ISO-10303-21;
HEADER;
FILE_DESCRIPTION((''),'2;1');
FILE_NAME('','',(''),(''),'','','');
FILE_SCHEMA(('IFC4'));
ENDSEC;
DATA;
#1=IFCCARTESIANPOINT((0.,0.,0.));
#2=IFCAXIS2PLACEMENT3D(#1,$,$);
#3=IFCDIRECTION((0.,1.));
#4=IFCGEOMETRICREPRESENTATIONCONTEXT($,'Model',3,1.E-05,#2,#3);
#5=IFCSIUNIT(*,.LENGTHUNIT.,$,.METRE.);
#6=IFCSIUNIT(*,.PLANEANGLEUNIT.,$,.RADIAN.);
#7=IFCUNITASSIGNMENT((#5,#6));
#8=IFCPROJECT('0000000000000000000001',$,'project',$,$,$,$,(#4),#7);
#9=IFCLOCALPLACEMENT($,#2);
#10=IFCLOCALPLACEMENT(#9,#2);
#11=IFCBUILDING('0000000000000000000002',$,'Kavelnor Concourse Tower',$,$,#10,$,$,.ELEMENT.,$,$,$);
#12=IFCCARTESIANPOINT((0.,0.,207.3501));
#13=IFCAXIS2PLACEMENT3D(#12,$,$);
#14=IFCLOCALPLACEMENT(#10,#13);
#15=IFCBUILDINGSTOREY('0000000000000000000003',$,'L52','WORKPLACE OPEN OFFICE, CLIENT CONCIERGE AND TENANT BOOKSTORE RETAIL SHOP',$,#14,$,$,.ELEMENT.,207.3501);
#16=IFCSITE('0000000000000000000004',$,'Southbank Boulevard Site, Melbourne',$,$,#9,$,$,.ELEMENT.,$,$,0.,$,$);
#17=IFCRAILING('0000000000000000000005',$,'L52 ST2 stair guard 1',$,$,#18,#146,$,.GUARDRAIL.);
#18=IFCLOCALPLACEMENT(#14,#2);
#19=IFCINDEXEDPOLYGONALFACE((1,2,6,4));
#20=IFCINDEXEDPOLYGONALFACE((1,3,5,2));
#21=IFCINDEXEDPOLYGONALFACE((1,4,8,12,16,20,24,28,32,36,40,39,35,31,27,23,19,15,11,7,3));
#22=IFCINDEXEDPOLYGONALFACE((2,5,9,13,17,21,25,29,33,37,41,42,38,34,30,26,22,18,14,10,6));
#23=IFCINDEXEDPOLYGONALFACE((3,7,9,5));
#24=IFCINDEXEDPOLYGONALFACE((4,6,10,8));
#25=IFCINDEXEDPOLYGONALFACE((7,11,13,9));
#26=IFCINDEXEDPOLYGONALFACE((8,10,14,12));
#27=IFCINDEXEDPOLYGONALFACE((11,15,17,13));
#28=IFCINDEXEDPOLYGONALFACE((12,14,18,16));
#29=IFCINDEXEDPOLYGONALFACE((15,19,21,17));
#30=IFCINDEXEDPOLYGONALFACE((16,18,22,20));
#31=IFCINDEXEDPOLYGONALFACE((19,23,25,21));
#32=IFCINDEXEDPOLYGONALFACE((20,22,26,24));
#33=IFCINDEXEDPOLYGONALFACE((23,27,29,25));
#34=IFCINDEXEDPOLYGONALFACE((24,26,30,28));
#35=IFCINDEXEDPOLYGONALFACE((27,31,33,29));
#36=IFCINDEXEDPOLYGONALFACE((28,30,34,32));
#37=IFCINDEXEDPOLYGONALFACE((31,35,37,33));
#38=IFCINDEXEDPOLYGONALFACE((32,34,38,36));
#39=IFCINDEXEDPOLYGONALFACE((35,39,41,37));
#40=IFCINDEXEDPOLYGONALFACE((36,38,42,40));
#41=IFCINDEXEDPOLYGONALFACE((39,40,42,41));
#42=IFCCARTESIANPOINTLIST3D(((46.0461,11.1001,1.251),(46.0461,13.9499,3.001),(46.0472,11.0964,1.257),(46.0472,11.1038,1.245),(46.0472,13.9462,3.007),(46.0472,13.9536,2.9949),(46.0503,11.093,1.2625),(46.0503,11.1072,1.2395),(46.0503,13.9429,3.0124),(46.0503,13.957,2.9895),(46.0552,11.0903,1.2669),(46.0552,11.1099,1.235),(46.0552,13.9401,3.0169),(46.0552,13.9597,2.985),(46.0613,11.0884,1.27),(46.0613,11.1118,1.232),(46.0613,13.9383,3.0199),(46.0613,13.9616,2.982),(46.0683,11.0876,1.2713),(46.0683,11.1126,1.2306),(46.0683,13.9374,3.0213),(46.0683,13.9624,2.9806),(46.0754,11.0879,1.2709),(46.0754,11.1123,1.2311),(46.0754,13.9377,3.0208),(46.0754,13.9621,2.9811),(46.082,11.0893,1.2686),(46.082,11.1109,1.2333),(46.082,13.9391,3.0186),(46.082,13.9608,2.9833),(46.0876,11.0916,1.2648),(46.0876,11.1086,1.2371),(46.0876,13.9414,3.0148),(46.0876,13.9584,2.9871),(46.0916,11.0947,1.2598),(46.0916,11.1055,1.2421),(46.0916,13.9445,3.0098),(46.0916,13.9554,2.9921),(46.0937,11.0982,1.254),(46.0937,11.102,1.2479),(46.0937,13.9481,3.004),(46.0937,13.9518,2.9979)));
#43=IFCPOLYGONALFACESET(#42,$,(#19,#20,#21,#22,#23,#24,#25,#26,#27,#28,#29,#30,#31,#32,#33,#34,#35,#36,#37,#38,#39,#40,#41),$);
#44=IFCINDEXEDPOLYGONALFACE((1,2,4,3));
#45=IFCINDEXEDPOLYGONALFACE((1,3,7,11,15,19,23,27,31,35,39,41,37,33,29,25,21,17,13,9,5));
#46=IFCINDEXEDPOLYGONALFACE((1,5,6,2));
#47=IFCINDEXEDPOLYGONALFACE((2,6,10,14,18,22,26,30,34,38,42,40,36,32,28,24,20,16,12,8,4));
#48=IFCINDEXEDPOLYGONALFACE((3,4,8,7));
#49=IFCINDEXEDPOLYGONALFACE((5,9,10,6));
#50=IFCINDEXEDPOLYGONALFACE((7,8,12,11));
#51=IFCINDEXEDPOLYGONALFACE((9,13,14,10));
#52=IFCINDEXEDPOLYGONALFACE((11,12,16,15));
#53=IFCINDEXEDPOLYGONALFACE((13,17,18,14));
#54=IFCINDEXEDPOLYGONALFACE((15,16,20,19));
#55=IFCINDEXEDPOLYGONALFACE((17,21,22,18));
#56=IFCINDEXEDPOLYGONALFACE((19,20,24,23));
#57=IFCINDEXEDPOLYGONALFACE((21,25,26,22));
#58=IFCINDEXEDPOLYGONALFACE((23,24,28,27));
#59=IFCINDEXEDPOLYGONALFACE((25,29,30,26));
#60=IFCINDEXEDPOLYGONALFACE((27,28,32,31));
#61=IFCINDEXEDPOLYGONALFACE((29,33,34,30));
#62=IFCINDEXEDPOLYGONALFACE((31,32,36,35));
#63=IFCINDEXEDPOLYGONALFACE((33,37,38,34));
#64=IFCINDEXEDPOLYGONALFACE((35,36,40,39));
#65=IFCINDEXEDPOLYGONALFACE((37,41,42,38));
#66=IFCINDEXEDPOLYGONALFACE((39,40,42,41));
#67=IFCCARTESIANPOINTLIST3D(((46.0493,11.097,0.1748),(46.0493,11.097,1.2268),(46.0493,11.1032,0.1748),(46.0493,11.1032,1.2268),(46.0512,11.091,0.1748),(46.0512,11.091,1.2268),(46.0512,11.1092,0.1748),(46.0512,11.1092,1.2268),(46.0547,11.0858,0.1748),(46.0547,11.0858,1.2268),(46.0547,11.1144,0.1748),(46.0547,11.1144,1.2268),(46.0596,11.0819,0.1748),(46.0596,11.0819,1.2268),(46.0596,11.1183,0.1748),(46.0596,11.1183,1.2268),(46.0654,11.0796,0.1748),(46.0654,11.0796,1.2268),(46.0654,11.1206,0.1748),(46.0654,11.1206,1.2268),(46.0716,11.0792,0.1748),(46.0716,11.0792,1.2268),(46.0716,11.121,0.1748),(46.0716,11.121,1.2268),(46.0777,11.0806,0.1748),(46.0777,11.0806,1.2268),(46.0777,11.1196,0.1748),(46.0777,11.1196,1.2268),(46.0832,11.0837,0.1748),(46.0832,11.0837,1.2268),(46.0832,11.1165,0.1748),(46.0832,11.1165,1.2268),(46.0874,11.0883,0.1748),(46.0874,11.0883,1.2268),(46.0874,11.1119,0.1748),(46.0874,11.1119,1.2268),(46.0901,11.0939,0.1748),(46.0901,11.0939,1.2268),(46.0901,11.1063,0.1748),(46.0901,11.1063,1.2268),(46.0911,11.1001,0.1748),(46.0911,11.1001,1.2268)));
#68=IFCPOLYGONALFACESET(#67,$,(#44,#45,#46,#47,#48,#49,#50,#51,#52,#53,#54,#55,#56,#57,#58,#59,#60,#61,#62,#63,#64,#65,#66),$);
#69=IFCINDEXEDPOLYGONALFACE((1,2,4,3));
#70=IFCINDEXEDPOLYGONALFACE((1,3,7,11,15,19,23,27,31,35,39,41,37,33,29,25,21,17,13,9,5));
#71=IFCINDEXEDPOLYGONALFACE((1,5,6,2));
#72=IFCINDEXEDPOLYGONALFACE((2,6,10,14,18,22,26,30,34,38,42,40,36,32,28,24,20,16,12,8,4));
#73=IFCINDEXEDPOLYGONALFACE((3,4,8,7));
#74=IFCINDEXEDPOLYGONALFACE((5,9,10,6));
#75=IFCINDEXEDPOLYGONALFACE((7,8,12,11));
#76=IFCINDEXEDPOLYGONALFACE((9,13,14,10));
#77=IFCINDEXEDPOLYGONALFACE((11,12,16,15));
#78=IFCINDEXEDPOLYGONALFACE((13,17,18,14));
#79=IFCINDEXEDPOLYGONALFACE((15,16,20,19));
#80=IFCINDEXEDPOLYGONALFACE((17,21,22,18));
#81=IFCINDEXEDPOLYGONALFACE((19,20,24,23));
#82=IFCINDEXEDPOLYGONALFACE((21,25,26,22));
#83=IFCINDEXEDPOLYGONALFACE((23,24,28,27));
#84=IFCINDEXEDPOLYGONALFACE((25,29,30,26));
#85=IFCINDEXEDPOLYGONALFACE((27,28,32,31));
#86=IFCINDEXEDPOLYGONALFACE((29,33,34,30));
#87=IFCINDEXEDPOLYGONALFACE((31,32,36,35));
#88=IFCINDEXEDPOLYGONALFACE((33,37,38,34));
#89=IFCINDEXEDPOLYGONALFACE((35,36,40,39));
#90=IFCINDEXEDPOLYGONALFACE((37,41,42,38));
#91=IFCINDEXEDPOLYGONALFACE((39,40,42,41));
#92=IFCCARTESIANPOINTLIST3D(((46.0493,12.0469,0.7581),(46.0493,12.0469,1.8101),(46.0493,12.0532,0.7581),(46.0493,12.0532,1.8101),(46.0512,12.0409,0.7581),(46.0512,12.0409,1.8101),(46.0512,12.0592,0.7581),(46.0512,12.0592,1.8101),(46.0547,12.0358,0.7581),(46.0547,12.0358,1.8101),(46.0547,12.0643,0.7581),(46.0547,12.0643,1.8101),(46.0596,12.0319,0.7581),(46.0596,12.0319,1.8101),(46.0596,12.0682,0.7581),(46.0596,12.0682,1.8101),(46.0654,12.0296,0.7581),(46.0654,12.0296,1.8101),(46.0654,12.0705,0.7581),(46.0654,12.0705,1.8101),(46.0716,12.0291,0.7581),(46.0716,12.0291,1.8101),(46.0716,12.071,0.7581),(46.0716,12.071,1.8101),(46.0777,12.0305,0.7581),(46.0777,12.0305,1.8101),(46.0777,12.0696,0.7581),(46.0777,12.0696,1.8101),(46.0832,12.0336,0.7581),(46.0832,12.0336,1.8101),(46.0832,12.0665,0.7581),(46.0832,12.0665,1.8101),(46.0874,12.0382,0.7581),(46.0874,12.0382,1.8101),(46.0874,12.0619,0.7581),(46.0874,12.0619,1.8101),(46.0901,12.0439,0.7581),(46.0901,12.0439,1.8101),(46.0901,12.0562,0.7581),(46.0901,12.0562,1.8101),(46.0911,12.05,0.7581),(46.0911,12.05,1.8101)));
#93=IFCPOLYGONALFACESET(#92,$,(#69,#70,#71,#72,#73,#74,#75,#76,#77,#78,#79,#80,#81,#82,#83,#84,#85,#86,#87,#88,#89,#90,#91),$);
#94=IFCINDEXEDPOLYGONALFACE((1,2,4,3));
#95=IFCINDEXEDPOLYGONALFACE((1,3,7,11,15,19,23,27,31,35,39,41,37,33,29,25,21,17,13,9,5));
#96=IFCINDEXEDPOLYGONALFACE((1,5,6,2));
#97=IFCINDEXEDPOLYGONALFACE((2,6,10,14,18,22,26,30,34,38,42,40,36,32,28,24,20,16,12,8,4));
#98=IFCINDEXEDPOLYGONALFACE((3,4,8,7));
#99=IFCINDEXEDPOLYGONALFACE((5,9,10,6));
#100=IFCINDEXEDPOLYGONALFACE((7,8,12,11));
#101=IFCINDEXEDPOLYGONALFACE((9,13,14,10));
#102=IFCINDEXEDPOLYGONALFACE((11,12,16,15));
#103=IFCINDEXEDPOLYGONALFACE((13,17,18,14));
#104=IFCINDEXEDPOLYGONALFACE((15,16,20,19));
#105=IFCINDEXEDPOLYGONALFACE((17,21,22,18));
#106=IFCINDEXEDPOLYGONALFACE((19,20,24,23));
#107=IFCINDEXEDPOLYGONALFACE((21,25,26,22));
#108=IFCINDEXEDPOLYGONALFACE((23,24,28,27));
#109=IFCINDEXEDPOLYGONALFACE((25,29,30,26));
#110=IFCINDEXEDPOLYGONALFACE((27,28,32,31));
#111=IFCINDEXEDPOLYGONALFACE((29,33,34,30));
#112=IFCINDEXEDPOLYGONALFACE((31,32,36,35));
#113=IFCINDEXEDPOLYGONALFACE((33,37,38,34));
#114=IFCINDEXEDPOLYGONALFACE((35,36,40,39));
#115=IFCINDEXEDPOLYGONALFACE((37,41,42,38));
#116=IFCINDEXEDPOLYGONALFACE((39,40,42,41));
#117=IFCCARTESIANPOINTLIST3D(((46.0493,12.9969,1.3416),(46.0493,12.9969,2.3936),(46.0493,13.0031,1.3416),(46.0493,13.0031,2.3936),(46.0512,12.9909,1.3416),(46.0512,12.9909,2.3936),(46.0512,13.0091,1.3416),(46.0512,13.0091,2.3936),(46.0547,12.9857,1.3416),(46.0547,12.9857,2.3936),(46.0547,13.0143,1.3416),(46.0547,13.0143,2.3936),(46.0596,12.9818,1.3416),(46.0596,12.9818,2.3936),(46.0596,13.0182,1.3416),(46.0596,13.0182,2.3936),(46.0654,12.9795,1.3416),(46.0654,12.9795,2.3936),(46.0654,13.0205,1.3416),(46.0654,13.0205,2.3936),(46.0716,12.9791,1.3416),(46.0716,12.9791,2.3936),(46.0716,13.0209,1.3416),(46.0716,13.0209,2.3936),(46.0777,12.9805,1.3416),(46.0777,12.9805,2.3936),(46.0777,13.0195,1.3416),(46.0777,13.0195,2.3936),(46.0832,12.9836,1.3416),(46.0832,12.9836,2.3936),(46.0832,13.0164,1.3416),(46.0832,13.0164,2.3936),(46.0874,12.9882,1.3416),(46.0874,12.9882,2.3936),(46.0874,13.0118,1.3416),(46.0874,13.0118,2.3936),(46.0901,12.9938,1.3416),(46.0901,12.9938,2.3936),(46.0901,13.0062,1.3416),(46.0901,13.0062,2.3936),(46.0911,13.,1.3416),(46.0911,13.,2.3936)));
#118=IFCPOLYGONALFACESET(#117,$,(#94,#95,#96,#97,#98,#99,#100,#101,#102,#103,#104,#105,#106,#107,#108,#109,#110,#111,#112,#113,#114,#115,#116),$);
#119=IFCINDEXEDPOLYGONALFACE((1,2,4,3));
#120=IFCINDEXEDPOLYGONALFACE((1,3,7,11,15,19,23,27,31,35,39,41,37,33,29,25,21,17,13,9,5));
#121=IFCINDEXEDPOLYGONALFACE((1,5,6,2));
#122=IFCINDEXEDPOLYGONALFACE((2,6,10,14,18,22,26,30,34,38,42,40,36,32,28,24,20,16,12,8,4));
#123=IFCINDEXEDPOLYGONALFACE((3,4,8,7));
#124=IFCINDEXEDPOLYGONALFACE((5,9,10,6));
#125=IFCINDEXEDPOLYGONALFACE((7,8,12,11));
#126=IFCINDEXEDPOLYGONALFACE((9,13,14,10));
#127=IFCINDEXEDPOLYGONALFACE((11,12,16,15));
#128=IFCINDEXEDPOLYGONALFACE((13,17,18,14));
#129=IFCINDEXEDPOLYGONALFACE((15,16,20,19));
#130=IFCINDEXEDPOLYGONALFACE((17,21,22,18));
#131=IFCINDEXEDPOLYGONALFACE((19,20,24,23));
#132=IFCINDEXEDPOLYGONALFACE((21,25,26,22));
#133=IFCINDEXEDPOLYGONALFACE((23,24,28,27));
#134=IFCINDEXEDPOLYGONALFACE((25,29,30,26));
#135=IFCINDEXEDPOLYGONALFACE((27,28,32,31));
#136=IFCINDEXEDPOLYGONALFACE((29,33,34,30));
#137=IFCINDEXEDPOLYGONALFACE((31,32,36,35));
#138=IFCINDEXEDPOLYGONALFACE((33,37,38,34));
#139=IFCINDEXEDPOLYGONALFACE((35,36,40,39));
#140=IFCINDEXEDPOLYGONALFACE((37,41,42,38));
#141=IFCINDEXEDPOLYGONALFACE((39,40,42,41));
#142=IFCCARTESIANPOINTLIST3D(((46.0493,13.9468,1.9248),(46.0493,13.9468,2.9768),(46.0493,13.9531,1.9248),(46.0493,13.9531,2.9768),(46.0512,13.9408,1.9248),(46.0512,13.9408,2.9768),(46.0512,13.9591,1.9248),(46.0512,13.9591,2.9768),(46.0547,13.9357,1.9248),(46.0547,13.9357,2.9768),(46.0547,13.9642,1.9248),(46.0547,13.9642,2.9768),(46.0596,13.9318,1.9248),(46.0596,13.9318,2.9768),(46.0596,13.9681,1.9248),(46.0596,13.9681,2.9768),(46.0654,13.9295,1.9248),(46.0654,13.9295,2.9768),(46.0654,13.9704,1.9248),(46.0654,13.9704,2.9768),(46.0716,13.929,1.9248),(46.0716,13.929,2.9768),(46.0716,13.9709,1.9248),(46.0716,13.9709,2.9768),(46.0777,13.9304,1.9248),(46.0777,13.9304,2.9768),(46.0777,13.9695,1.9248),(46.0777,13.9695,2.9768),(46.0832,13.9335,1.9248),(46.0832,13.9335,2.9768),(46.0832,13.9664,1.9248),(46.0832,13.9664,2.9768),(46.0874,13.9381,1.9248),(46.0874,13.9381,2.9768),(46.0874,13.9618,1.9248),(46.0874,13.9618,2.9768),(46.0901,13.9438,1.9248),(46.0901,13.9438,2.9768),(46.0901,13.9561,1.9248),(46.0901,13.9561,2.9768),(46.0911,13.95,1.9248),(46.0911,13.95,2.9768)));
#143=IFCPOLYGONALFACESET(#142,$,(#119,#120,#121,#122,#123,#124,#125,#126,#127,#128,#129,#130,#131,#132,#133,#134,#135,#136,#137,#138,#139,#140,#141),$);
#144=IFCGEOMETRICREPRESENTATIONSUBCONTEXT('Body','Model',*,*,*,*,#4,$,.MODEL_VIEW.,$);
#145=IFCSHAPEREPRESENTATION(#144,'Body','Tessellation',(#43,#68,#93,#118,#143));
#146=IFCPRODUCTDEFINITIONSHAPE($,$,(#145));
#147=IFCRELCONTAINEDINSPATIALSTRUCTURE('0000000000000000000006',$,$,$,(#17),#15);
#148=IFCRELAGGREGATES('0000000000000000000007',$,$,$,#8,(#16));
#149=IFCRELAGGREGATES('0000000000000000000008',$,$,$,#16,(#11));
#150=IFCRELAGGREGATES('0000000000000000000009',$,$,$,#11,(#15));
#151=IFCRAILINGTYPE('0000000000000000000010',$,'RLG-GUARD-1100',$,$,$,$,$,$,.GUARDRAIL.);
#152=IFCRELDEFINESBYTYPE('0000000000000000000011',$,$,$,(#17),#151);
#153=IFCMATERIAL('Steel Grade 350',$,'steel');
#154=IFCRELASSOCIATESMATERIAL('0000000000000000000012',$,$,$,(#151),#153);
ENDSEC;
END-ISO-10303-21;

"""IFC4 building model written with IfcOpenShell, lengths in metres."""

from ifc_helpers import new_model, si_unit, direction, frame, origin, origin_2d, place, context, subcontext, project, spatial, circle, extrude, material, type_object, element, save


model = new_model("IFC4")

# Units and contexts
model_context = context("Model", 3, precision=1e-05, world=origin(), true_north=direction((0.0, 1.0)))
body_context = subcontext(model_context, "Body", "Model", "MODEL_VIEW")
ifc_project = project(units=[si_unit("LENGTHUNIT", "METRE"), si_unit("PLANEANGLEUNIT", "RADIAN")], contexts=[model_context])

# Site, building, storey
site_placement = place(None, origin())
site = spatial("IfcSite", under=ifc_project, at=site_placement, Name="Southbank Boulevard Site, Melbourne", CompositionType="ELEMENT", RefElevation=0.0)
building_placement = place(site_placement, origin())
building = spatial("IfcBuilding", under=site, at=building_placement, Name="Kavelnor Concourse Tower", CompositionType="ELEMENT")
storey_placement = place(building_placement, frame((0.0, 0.0, 207.3501)))
storey = spatial("IfcBuildingStorey", under=building, at=storey_placement, Name="L52", Description="WORKPLACE OPEN OFFICE, CLIENT CONCIERGE AND TENANT BOOKSTORE RETAIL SHOP", CompositionType="ELEMENT", Elevation=207.3501)

# Shared definitions
ifc_material_1 = material(Name="Steel Grade 350", Category="steel")

# Railing
railing_type_1 = type_object("IfcRailingType", Name="RLG-GUARD-1100", PredefinedType="GUARDRAIL", material=ifc_material_1)
railing_1_placement = place(storey_placement, frame((46.0701, 11.1001, 0.1748)))
element("IfcRailing", 1, at=railing_1_placement, inside=storey, type_object=railing_type_1, Name="L52 ST2 stair guard 1", PredefinedType="GUARDRAIL", context=body_context, shape_type="SweptSolid", body=[
    extrude(circle(Radius=0.0239, at=origin_2d()), frame((0.0, 0.0, 1.0762), z_axis=(0.0, 0.852159, 0.523283), x_axis=(-1.0, 0.0, 0.0)), (0.0, 0.0, 1.0), 3.3442),
    extrude(circle(Radius=0.021, at=origin_2d()), origin(), (0.0, 0.0, 1.0), 1.052),
    extrude(circle(Radius=0.021, at=origin_2d()), frame((0.0, 0.95, 0.5833)), (0.0, 0.0, 1.0), 1.052),
    extrude(circle(Radius=0.021, at=origin_2d()), frame((0.0, 1.8999, 1.1667)), (0.0, 0.0, 1.0), 1.052),
    extrude(circle(Radius=0.021, at=origin_2d()), frame((0.0, 2.8499, 1.75)), (0.0, 0.0, 1.0), 1.052),
])

save(model, "model.ifc")
